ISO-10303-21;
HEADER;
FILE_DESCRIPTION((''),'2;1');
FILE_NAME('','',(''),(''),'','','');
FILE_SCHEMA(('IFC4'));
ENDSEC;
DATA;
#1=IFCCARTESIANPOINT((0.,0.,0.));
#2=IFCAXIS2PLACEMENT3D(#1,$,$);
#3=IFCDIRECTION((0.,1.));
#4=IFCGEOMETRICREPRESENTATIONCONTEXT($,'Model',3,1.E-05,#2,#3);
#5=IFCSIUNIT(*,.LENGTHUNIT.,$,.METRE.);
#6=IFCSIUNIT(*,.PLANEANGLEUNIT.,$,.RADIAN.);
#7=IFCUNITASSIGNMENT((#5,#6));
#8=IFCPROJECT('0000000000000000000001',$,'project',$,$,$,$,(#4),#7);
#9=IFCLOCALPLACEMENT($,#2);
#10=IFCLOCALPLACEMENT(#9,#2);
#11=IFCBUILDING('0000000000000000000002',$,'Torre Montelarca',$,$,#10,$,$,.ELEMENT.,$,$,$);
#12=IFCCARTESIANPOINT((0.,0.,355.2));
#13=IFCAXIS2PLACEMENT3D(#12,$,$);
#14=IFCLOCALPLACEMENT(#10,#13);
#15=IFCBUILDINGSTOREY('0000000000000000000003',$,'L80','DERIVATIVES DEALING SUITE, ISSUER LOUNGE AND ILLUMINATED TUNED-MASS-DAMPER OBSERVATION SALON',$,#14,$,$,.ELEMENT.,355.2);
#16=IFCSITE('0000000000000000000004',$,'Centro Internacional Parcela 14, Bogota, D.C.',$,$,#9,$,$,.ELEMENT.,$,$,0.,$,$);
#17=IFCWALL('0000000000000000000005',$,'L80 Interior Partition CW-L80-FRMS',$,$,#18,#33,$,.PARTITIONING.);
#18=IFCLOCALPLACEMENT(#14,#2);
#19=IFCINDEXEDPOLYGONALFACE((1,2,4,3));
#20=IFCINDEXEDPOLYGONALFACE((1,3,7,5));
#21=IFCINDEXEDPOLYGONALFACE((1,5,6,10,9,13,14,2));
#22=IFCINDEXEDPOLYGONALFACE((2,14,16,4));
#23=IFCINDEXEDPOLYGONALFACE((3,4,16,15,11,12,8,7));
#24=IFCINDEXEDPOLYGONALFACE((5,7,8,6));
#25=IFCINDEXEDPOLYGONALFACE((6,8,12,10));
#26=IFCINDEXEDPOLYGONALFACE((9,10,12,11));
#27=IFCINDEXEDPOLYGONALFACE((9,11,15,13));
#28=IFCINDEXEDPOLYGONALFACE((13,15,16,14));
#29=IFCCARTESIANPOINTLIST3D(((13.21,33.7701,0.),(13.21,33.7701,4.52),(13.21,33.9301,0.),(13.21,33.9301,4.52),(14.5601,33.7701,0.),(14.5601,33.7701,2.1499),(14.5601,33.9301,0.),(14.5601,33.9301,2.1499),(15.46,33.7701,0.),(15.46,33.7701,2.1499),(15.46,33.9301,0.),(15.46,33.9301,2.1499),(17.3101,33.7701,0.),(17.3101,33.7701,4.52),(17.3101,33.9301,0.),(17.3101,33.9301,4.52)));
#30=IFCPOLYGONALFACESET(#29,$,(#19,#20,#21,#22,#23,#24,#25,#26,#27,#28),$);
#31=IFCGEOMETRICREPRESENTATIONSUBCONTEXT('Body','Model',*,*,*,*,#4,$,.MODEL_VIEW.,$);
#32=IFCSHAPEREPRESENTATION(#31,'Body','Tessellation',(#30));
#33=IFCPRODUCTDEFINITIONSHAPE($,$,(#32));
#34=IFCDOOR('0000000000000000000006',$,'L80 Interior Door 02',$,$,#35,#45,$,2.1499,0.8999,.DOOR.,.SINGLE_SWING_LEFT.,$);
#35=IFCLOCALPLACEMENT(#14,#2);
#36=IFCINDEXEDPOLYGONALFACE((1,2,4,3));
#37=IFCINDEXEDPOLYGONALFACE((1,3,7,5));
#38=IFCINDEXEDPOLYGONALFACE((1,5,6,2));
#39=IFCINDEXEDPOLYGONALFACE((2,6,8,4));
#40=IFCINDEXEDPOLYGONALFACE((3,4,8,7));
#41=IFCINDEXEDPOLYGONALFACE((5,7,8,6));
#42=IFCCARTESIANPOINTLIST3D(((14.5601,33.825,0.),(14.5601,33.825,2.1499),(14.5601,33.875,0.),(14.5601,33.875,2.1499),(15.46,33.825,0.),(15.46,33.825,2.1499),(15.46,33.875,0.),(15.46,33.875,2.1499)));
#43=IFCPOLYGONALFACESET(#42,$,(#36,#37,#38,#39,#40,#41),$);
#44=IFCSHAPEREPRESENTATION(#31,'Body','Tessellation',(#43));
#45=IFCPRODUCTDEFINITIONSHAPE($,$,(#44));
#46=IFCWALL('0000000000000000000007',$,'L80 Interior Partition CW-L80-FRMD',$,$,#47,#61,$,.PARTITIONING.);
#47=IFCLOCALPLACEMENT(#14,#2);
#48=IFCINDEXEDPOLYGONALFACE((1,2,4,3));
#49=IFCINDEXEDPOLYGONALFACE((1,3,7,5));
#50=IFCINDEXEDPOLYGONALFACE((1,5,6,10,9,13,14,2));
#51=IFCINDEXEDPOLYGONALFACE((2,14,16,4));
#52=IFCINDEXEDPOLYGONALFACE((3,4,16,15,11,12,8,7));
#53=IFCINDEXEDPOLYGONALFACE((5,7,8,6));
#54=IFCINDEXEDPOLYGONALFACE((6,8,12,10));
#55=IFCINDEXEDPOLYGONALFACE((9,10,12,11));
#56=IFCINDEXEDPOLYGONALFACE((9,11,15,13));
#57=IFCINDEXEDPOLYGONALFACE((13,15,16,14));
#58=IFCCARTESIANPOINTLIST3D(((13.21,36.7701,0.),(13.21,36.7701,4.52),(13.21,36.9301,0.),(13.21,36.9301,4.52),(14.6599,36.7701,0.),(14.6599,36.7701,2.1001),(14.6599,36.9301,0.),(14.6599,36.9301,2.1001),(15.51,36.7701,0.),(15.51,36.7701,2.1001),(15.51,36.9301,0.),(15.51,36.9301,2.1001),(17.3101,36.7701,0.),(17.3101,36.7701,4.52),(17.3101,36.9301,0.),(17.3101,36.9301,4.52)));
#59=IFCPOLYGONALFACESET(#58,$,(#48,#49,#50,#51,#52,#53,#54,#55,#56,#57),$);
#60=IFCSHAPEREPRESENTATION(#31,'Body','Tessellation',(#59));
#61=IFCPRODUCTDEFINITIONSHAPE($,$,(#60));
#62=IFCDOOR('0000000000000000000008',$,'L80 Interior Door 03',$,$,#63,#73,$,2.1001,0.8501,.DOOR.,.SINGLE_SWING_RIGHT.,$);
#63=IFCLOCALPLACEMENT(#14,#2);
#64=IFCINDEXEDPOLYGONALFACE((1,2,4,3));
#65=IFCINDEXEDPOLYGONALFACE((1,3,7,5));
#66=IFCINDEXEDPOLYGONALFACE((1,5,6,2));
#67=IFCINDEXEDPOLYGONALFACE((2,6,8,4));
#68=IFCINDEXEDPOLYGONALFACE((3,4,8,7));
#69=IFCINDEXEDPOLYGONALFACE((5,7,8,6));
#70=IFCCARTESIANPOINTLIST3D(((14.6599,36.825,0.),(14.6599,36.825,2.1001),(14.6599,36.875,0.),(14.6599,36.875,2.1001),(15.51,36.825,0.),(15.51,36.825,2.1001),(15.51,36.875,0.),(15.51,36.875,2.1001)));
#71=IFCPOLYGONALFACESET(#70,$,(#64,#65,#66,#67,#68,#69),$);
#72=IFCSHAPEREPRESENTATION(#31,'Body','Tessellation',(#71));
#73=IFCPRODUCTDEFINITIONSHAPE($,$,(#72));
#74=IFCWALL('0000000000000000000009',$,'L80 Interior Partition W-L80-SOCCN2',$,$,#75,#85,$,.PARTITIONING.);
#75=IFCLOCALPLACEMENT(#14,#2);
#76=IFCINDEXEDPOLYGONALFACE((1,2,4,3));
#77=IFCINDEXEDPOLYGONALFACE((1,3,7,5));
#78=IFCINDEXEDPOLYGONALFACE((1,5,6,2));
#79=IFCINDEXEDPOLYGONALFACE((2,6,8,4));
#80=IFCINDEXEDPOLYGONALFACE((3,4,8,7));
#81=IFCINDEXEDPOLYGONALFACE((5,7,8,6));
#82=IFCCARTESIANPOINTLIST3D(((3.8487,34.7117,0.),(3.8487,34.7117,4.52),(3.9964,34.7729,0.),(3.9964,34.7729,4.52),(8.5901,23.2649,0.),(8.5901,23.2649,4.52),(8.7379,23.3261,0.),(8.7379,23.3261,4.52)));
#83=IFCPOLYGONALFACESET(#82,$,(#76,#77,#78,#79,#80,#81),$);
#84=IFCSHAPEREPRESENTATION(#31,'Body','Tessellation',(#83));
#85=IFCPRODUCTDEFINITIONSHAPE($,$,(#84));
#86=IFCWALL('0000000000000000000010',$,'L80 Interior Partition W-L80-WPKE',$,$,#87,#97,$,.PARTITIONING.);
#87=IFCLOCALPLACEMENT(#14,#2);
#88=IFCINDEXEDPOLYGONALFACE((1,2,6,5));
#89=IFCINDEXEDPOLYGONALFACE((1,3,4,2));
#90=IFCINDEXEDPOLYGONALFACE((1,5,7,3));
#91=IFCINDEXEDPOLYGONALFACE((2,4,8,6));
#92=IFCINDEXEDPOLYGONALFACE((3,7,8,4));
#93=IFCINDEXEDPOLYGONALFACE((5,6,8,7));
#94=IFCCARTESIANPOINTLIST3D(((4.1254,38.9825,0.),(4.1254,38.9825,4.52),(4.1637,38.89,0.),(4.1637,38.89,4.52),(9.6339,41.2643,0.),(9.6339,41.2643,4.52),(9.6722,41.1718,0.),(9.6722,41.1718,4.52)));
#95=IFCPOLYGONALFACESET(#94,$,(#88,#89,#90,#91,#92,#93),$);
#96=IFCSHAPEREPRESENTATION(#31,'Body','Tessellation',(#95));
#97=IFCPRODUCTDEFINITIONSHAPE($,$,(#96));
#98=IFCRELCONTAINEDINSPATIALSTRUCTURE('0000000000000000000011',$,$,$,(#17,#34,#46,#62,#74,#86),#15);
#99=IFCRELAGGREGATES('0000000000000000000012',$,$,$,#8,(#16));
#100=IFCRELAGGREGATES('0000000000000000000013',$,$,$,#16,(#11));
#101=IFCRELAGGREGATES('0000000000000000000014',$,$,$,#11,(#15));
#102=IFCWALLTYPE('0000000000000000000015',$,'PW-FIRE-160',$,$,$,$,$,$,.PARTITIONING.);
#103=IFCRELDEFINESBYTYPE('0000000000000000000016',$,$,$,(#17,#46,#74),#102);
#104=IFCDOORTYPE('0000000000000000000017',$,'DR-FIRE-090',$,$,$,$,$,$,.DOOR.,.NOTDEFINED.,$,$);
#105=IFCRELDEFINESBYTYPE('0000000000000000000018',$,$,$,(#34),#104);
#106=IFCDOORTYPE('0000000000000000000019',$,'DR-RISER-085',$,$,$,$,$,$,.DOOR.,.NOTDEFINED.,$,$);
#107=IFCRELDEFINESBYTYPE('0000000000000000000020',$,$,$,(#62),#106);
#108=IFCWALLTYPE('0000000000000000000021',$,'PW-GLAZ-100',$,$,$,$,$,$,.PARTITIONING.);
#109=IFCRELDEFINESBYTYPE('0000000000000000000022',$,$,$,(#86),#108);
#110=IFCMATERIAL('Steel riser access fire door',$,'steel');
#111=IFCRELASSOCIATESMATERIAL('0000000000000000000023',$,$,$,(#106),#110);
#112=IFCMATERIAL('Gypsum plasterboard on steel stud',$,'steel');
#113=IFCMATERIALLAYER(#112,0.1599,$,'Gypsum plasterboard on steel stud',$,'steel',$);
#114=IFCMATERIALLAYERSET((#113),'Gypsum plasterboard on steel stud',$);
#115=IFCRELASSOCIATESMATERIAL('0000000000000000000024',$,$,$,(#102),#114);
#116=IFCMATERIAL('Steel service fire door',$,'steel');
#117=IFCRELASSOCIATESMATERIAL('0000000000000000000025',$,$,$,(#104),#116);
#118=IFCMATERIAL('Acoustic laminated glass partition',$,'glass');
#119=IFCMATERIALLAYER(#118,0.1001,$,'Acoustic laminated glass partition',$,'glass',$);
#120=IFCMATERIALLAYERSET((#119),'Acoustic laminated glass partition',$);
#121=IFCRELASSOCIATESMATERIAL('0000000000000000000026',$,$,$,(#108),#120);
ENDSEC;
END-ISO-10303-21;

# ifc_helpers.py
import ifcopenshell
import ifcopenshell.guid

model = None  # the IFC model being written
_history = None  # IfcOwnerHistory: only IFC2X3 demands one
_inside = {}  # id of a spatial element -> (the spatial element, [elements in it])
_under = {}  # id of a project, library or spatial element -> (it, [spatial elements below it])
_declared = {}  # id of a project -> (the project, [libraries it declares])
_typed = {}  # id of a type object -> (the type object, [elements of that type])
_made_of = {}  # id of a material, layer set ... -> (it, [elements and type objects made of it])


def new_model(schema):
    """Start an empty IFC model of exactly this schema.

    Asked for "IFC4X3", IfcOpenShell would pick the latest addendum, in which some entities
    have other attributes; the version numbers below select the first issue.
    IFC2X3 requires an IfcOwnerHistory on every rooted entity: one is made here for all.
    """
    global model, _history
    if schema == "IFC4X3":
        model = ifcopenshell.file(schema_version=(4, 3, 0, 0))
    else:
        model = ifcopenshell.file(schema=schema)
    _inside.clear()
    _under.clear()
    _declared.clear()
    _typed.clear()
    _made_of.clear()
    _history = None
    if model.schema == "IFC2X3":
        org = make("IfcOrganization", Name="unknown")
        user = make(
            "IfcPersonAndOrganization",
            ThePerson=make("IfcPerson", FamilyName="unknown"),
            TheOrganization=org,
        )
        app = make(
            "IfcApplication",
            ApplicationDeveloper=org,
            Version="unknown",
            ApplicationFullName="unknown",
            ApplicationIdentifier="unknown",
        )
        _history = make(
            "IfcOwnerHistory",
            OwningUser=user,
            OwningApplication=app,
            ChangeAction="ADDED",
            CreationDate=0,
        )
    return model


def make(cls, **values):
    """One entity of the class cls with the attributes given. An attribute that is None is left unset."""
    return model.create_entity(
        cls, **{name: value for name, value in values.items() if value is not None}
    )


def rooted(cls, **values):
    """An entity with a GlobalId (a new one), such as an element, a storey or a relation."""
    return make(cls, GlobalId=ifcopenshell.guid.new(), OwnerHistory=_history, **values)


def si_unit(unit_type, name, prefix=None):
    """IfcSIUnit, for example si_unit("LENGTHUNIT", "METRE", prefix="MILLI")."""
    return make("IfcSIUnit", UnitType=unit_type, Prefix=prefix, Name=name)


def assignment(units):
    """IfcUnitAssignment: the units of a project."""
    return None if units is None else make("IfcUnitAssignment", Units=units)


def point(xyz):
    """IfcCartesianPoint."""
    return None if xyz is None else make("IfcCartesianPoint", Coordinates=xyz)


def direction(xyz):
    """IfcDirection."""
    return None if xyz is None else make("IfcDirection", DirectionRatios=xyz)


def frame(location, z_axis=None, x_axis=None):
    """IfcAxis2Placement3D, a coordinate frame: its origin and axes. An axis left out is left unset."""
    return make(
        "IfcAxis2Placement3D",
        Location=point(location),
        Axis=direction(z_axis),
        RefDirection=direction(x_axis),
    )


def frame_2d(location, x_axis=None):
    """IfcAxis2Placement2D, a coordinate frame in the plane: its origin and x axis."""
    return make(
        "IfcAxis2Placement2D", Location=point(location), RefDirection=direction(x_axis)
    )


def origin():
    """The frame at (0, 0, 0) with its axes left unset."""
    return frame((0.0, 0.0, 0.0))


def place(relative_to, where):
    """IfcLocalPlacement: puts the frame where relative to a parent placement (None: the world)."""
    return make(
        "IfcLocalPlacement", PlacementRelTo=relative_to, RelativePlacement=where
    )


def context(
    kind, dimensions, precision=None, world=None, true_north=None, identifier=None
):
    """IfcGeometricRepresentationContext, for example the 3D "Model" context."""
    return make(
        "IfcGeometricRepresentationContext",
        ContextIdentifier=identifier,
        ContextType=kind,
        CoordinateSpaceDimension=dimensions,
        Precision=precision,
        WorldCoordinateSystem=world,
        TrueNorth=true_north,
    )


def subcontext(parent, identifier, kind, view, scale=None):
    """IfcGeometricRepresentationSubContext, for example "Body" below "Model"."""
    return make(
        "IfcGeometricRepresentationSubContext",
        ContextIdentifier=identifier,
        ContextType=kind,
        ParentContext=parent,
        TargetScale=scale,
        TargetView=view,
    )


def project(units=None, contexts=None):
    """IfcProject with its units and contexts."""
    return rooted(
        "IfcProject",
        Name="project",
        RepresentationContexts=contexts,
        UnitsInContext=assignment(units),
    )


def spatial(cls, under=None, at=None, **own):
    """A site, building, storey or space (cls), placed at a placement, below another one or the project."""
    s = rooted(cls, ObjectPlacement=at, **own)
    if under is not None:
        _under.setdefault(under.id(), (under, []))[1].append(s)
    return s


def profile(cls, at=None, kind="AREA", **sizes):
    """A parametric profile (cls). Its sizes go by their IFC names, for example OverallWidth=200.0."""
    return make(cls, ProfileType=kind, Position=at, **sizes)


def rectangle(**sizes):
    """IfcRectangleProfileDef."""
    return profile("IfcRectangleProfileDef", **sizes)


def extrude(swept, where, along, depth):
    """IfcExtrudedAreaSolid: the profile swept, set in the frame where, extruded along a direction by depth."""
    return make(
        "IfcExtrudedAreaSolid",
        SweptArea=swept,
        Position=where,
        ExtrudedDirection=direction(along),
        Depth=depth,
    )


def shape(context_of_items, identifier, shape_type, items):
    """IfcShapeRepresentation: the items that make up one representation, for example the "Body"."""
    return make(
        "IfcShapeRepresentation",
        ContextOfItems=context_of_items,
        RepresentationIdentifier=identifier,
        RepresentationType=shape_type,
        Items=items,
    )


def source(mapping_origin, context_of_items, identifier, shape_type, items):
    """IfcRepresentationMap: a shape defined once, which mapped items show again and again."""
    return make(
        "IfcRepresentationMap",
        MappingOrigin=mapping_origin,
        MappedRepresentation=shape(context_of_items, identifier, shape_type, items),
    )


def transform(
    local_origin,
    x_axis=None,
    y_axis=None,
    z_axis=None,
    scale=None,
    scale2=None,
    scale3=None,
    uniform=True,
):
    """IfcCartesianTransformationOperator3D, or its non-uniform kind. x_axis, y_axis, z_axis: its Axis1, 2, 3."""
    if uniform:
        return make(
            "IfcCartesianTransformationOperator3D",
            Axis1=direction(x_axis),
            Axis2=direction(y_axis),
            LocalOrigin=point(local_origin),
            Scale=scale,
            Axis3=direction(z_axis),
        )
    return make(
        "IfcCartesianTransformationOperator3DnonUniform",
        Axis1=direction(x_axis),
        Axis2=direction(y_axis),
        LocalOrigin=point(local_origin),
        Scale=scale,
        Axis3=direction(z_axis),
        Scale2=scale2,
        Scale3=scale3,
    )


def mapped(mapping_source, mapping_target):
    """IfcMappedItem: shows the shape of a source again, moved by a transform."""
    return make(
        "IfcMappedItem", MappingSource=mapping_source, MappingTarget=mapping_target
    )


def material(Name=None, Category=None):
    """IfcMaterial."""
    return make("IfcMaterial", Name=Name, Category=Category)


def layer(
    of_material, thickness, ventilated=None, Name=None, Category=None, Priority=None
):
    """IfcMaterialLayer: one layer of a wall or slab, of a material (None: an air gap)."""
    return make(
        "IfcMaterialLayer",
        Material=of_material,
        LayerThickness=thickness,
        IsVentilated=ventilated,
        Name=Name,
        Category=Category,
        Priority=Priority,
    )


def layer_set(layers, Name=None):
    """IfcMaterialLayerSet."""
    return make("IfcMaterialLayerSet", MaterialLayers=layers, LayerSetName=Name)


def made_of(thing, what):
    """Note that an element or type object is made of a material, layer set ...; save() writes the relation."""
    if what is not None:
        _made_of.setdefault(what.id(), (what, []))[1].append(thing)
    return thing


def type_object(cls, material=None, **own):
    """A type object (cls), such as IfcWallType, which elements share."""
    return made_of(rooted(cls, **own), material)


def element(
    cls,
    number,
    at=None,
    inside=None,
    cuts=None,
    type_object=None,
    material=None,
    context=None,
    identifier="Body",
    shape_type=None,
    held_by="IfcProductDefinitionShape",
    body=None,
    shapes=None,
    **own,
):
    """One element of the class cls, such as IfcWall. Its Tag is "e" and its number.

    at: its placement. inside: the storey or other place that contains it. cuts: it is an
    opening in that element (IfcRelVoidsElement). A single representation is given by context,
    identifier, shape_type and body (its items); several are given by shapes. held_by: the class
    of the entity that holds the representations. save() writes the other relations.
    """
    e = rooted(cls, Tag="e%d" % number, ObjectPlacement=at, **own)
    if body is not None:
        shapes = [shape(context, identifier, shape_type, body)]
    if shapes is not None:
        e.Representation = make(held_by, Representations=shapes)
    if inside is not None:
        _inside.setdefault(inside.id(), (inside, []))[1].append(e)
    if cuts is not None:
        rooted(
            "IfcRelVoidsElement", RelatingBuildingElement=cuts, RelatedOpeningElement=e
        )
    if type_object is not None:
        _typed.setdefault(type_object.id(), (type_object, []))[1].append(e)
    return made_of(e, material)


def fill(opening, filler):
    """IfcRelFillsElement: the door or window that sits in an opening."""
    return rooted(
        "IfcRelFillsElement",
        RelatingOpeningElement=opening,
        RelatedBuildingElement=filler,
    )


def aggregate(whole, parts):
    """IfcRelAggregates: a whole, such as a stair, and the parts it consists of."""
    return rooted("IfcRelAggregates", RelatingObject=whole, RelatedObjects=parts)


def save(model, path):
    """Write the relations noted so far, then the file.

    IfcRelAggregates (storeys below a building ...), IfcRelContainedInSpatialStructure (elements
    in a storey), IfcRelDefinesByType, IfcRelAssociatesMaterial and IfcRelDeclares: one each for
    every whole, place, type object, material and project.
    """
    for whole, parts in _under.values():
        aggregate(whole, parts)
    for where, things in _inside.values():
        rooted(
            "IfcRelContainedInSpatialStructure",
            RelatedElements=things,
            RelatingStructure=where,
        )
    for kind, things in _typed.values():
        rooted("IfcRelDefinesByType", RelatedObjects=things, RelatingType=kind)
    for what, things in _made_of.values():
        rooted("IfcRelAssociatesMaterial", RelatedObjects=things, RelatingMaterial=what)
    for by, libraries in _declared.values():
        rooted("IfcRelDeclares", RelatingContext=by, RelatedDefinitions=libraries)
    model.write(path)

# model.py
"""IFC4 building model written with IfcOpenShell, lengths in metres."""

from ifc_helpers import new_model, si_unit, direction, frame, frame_2d, origin, place, context, subcontext, project, spatial, rectangle, extrude, source, transform, mapped, material, layer, layer_set, type_object, element, fill, save


model = new_model("IFC4")

# Units and contexts
model_context = context("Model", 3, precision=1e-05, world=origin(), true_north=direction((0.0, 1.0)))
body_context = subcontext(model_context, "Body", "Model", "MODEL_VIEW")
ifc_project = project(units=[si_unit("LENGTHUNIT", "METRE"), si_unit("PLANEANGLEUNIT", "RADIAN")], contexts=[model_context])

# Site, building, storey
site_placement = place(None, origin())
site = spatial("IfcSite", under=ifc_project, at=site_placement, Name="Centro Internacional Parcela 14, Bogota, D.C.", CompositionType="ELEMENT", RefElevation=0.0)
building_placement = place(site_placement, origin())
building = spatial("IfcBuilding", under=site, at=building_placement, Name="Torre Montelarca", CompositionType="ELEMENT")
storey_placement = place(building_placement, frame((0.0, 0.0, 355.2)))
storey = spatial("IfcBuildingStorey", under=building, at=storey_placement, Name="L80", Description="DERIVATIVES DEALING SUITE, ISSUER LOUNGE AND ILLUMINATED TUNED-MASS-DAMPER OBSERVATION SALON", CompositionType="ELEMENT", Elevation=355.2)

# Shared definitions
ifc_material_1 = material(Name="Steel riser access fire door", Category="steel")
door_type_1 = type_object("IfcDoorType", Name="DR-RISER-085", OperationType="NOTDEFINED", PredefinedType="DOOR", material=ifc_material_1)
shared_shape_1 = source(origin(), body_context, "Body", "SweptSolid", [
    extrude(rectangle(XDim=0.8501, YDim=2.1001, at=frame_2d((0.425, 1.05))), frame((0.0, 0.0249, 0.0), z_axis=(0.0, -1.0, 0.0), x_axis=(1.0, 0.0, 0.0)), (0.0, 0.0, 1.0), 0.05),
])

# Shared definitions
ifc_material_2 = material(Name="Gypsum plasterboard on steel stud", Category="steel")
ifc_layer_1 = layer(ifc_material_2, 0.1599, Name="Gypsum plasterboard on steel stud", Category="steel")
ifc_layer_set_1 = layer_set([ifc_layer_1], Name="Gypsum plasterboard on steel stud")
wall_type_1 = type_object("IfcWallType", Name="PW-FIRE-160", PredefinedType="PARTITIONING", material=ifc_layer_set_1)
ifc_material_3 = material(Name="Steel service fire door", Category="steel")
door_type_2 = type_object("IfcDoorType", Name="DR-FIRE-090", OperationType="NOTDEFINED", PredefinedType="DOOR", material=ifc_material_3)
shared_shape_2 = source(origin(), body_context, "Body", "SweptSolid", [
    extrude(rectangle(XDim=0.8999, YDim=2.1499, at=frame_2d((0.45, 1.075))), frame((0.0, 0.0249, 0.0), z_axis=(0.0, -1.0, 0.0), x_axis=(1.0, 0.0, 0.0)), (0.0, 0.0, 1.0), 0.05),
])

# Walls, openings, doors
wall_1_placement = place(storey_placement, frame((13.21, 33.8501, 0.0), z_axis=(0.0, 0.0, 1.0), x_axis=(1.0, 0.0, 0.0)))
wall_1 = element("IfcWall", 1, at=wall_1_placement, inside=storey, type_object=wall_type_1, Name="L80 Interior Partition CW-L80-FRMS", PredefinedType="PARTITIONING", context=body_context, shape_type="SweptSolid", body=[
    extrude(rectangle(XDim=4.1001, YDim=0.1599, at=frame_2d((2.05, 0.0))), origin(), (0.0, 0.0, 1.0), 4.52),
])
opening_1_placement = place(wall_1_placement, frame((1.3501, 0.0, 0.0)))
opening_1 = element("IfcOpeningElement", 2, at=opening_1_placement, cuts=wall_1, PredefinedType="OPENING", context=body_context, shape_type="SweptSolid", body=[
    extrude(rectangle(XDim=0.8999, YDim=2.1499, at=frame_2d((0.45, 1.075))), frame((0.0, 0.0898, 0.0), z_axis=(0.0, -1.0, 0.0), x_axis=(1.0, 0.0, 0.0)), (0.0, 0.0, 1.0), 0.1799),
])
door_1_placement = place(opening_1_placement, origin())
door_1 = element("IfcDoor", 3, at=door_1_placement, inside=storey, type_object=door_type_2, Name="L80 Interior Door 02", OperationType="SINGLE_SWING_LEFT", OverallHeight=2.1499, OverallWidth=0.8999, PredefinedType="DOOR", context=body_context, shape_type="MappedRepresentation", body=[
    mapped(shared_shape_2, transform((0.0, 0.0, 0.0), scale=1.0)),
])
fill(opening_1, door_1)
wall_2_placement = place(storey_placement, frame((13.21, 36.8501, 0.0), z_axis=(0.0, 0.0, 1.0), x_axis=(1.0, 0.0, 0.0)))
wall_2 = element("IfcWall", 4, at=wall_2_placement, inside=storey, type_object=wall_type_1, Name="L80 Interior Partition CW-L80-FRMD", PredefinedType="PARTITIONING", context=body_context, shape_type="SweptSolid", body=[
    extrude(rectangle(XDim=4.1001, YDim=0.1599, at=frame_2d((2.05, 0.0))), origin(), (0.0, 0.0, 1.0), 4.52),
])
opening_2_placement = place(wall_2_placement, frame((1.45, 0.0, 0.0)))
opening_2 = element("IfcOpeningElement", 5, at=opening_2_placement, cuts=wall_2, PredefinedType="OPENING", context=body_context, shape_type="SweptSolid", body=[
    extrude(rectangle(XDim=0.8501, YDim=2.1001, at=frame_2d((0.425, 1.05))), frame((0.0, 0.0898, 0.0), z_axis=(0.0, -1.0, 0.0), x_axis=(1.0, 0.0, 0.0)), (0.0, 0.0, 1.0), 0.1799),
])
door_2_placement = place(opening_2_placement, origin())
door_2 = element("IfcDoor", 6, at=door_2_placement, inside=storey, type_object=door_type_1, Name="L80 Interior Door 03", OperationType="SINGLE_SWING_RIGHT", OverallHeight=2.1001, OverallWidth=0.8501, PredefinedType="DOOR", context=body_context, shape_type="MappedRepresentation", body=[
    mapped(shared_shape_1, transform((0.0, 0.0, 0.0), scale=1.0)),
])
fill(opening_2, door_2)

# Walls
wall_3_placement = place(storey_placement, frame((3.9226, 34.7422, 0.0), z_axis=(0.0, 0.0, 1.0), x_axis=(0.382687, -0.923878, 0.0)))
element("IfcWall", 7, at=wall_3_placement, inside=storey, type_object=wall_type_1, Name="L80 Interior Partition W-L80-SOCCN2", PredefinedType="PARTITIONING", context=body_context, shape_type="SweptSolid", body=[
    extrude(rectangle(XDim=12.3899, YDim=0.1599, at=frame_2d((6.1948, 0.0))), origin(), (0.0, 0.0, 1.0), 4.52),
])
ifc_material_4 = material(Name="Acoustic laminated glass partition", Category="glass")
ifc_layer_2 = layer(ifc_material_4, 0.1001, Name="Acoustic laminated glass partition", Category="glass")
ifc_layer_set_2 = layer_set([ifc_layer_2], Name="Acoustic laminated glass partition")
wall_type_2 = type_object("IfcWallType", Name="PW-GLAZ-100", PredefinedType="PARTITIONING", material=ifc_layer_set_2)
wall_4_placement = place(storey_placement, frame((4.1445, 38.9363, 0.0), z_axis=(0.0, 0.0, 1.0), x_axis=(0.923878, 0.382687, 0.0)))
element("IfcWall", 8, at=wall_4_placement, inside=storey, type_object=wall_type_2, Name="L80 Interior Partition W-L80-WPKE", PredefinedType="PARTITIONING", context=body_context, shape_type="SweptSolid", body=[
    extrude(rectangle(XDim=5.9624, YDim=0.1001, at=frame_2d((2.9812, 0.0))), origin(), (0.0, 0.0, 1.0), 4.52),
])

save(model, "model.ifc")
